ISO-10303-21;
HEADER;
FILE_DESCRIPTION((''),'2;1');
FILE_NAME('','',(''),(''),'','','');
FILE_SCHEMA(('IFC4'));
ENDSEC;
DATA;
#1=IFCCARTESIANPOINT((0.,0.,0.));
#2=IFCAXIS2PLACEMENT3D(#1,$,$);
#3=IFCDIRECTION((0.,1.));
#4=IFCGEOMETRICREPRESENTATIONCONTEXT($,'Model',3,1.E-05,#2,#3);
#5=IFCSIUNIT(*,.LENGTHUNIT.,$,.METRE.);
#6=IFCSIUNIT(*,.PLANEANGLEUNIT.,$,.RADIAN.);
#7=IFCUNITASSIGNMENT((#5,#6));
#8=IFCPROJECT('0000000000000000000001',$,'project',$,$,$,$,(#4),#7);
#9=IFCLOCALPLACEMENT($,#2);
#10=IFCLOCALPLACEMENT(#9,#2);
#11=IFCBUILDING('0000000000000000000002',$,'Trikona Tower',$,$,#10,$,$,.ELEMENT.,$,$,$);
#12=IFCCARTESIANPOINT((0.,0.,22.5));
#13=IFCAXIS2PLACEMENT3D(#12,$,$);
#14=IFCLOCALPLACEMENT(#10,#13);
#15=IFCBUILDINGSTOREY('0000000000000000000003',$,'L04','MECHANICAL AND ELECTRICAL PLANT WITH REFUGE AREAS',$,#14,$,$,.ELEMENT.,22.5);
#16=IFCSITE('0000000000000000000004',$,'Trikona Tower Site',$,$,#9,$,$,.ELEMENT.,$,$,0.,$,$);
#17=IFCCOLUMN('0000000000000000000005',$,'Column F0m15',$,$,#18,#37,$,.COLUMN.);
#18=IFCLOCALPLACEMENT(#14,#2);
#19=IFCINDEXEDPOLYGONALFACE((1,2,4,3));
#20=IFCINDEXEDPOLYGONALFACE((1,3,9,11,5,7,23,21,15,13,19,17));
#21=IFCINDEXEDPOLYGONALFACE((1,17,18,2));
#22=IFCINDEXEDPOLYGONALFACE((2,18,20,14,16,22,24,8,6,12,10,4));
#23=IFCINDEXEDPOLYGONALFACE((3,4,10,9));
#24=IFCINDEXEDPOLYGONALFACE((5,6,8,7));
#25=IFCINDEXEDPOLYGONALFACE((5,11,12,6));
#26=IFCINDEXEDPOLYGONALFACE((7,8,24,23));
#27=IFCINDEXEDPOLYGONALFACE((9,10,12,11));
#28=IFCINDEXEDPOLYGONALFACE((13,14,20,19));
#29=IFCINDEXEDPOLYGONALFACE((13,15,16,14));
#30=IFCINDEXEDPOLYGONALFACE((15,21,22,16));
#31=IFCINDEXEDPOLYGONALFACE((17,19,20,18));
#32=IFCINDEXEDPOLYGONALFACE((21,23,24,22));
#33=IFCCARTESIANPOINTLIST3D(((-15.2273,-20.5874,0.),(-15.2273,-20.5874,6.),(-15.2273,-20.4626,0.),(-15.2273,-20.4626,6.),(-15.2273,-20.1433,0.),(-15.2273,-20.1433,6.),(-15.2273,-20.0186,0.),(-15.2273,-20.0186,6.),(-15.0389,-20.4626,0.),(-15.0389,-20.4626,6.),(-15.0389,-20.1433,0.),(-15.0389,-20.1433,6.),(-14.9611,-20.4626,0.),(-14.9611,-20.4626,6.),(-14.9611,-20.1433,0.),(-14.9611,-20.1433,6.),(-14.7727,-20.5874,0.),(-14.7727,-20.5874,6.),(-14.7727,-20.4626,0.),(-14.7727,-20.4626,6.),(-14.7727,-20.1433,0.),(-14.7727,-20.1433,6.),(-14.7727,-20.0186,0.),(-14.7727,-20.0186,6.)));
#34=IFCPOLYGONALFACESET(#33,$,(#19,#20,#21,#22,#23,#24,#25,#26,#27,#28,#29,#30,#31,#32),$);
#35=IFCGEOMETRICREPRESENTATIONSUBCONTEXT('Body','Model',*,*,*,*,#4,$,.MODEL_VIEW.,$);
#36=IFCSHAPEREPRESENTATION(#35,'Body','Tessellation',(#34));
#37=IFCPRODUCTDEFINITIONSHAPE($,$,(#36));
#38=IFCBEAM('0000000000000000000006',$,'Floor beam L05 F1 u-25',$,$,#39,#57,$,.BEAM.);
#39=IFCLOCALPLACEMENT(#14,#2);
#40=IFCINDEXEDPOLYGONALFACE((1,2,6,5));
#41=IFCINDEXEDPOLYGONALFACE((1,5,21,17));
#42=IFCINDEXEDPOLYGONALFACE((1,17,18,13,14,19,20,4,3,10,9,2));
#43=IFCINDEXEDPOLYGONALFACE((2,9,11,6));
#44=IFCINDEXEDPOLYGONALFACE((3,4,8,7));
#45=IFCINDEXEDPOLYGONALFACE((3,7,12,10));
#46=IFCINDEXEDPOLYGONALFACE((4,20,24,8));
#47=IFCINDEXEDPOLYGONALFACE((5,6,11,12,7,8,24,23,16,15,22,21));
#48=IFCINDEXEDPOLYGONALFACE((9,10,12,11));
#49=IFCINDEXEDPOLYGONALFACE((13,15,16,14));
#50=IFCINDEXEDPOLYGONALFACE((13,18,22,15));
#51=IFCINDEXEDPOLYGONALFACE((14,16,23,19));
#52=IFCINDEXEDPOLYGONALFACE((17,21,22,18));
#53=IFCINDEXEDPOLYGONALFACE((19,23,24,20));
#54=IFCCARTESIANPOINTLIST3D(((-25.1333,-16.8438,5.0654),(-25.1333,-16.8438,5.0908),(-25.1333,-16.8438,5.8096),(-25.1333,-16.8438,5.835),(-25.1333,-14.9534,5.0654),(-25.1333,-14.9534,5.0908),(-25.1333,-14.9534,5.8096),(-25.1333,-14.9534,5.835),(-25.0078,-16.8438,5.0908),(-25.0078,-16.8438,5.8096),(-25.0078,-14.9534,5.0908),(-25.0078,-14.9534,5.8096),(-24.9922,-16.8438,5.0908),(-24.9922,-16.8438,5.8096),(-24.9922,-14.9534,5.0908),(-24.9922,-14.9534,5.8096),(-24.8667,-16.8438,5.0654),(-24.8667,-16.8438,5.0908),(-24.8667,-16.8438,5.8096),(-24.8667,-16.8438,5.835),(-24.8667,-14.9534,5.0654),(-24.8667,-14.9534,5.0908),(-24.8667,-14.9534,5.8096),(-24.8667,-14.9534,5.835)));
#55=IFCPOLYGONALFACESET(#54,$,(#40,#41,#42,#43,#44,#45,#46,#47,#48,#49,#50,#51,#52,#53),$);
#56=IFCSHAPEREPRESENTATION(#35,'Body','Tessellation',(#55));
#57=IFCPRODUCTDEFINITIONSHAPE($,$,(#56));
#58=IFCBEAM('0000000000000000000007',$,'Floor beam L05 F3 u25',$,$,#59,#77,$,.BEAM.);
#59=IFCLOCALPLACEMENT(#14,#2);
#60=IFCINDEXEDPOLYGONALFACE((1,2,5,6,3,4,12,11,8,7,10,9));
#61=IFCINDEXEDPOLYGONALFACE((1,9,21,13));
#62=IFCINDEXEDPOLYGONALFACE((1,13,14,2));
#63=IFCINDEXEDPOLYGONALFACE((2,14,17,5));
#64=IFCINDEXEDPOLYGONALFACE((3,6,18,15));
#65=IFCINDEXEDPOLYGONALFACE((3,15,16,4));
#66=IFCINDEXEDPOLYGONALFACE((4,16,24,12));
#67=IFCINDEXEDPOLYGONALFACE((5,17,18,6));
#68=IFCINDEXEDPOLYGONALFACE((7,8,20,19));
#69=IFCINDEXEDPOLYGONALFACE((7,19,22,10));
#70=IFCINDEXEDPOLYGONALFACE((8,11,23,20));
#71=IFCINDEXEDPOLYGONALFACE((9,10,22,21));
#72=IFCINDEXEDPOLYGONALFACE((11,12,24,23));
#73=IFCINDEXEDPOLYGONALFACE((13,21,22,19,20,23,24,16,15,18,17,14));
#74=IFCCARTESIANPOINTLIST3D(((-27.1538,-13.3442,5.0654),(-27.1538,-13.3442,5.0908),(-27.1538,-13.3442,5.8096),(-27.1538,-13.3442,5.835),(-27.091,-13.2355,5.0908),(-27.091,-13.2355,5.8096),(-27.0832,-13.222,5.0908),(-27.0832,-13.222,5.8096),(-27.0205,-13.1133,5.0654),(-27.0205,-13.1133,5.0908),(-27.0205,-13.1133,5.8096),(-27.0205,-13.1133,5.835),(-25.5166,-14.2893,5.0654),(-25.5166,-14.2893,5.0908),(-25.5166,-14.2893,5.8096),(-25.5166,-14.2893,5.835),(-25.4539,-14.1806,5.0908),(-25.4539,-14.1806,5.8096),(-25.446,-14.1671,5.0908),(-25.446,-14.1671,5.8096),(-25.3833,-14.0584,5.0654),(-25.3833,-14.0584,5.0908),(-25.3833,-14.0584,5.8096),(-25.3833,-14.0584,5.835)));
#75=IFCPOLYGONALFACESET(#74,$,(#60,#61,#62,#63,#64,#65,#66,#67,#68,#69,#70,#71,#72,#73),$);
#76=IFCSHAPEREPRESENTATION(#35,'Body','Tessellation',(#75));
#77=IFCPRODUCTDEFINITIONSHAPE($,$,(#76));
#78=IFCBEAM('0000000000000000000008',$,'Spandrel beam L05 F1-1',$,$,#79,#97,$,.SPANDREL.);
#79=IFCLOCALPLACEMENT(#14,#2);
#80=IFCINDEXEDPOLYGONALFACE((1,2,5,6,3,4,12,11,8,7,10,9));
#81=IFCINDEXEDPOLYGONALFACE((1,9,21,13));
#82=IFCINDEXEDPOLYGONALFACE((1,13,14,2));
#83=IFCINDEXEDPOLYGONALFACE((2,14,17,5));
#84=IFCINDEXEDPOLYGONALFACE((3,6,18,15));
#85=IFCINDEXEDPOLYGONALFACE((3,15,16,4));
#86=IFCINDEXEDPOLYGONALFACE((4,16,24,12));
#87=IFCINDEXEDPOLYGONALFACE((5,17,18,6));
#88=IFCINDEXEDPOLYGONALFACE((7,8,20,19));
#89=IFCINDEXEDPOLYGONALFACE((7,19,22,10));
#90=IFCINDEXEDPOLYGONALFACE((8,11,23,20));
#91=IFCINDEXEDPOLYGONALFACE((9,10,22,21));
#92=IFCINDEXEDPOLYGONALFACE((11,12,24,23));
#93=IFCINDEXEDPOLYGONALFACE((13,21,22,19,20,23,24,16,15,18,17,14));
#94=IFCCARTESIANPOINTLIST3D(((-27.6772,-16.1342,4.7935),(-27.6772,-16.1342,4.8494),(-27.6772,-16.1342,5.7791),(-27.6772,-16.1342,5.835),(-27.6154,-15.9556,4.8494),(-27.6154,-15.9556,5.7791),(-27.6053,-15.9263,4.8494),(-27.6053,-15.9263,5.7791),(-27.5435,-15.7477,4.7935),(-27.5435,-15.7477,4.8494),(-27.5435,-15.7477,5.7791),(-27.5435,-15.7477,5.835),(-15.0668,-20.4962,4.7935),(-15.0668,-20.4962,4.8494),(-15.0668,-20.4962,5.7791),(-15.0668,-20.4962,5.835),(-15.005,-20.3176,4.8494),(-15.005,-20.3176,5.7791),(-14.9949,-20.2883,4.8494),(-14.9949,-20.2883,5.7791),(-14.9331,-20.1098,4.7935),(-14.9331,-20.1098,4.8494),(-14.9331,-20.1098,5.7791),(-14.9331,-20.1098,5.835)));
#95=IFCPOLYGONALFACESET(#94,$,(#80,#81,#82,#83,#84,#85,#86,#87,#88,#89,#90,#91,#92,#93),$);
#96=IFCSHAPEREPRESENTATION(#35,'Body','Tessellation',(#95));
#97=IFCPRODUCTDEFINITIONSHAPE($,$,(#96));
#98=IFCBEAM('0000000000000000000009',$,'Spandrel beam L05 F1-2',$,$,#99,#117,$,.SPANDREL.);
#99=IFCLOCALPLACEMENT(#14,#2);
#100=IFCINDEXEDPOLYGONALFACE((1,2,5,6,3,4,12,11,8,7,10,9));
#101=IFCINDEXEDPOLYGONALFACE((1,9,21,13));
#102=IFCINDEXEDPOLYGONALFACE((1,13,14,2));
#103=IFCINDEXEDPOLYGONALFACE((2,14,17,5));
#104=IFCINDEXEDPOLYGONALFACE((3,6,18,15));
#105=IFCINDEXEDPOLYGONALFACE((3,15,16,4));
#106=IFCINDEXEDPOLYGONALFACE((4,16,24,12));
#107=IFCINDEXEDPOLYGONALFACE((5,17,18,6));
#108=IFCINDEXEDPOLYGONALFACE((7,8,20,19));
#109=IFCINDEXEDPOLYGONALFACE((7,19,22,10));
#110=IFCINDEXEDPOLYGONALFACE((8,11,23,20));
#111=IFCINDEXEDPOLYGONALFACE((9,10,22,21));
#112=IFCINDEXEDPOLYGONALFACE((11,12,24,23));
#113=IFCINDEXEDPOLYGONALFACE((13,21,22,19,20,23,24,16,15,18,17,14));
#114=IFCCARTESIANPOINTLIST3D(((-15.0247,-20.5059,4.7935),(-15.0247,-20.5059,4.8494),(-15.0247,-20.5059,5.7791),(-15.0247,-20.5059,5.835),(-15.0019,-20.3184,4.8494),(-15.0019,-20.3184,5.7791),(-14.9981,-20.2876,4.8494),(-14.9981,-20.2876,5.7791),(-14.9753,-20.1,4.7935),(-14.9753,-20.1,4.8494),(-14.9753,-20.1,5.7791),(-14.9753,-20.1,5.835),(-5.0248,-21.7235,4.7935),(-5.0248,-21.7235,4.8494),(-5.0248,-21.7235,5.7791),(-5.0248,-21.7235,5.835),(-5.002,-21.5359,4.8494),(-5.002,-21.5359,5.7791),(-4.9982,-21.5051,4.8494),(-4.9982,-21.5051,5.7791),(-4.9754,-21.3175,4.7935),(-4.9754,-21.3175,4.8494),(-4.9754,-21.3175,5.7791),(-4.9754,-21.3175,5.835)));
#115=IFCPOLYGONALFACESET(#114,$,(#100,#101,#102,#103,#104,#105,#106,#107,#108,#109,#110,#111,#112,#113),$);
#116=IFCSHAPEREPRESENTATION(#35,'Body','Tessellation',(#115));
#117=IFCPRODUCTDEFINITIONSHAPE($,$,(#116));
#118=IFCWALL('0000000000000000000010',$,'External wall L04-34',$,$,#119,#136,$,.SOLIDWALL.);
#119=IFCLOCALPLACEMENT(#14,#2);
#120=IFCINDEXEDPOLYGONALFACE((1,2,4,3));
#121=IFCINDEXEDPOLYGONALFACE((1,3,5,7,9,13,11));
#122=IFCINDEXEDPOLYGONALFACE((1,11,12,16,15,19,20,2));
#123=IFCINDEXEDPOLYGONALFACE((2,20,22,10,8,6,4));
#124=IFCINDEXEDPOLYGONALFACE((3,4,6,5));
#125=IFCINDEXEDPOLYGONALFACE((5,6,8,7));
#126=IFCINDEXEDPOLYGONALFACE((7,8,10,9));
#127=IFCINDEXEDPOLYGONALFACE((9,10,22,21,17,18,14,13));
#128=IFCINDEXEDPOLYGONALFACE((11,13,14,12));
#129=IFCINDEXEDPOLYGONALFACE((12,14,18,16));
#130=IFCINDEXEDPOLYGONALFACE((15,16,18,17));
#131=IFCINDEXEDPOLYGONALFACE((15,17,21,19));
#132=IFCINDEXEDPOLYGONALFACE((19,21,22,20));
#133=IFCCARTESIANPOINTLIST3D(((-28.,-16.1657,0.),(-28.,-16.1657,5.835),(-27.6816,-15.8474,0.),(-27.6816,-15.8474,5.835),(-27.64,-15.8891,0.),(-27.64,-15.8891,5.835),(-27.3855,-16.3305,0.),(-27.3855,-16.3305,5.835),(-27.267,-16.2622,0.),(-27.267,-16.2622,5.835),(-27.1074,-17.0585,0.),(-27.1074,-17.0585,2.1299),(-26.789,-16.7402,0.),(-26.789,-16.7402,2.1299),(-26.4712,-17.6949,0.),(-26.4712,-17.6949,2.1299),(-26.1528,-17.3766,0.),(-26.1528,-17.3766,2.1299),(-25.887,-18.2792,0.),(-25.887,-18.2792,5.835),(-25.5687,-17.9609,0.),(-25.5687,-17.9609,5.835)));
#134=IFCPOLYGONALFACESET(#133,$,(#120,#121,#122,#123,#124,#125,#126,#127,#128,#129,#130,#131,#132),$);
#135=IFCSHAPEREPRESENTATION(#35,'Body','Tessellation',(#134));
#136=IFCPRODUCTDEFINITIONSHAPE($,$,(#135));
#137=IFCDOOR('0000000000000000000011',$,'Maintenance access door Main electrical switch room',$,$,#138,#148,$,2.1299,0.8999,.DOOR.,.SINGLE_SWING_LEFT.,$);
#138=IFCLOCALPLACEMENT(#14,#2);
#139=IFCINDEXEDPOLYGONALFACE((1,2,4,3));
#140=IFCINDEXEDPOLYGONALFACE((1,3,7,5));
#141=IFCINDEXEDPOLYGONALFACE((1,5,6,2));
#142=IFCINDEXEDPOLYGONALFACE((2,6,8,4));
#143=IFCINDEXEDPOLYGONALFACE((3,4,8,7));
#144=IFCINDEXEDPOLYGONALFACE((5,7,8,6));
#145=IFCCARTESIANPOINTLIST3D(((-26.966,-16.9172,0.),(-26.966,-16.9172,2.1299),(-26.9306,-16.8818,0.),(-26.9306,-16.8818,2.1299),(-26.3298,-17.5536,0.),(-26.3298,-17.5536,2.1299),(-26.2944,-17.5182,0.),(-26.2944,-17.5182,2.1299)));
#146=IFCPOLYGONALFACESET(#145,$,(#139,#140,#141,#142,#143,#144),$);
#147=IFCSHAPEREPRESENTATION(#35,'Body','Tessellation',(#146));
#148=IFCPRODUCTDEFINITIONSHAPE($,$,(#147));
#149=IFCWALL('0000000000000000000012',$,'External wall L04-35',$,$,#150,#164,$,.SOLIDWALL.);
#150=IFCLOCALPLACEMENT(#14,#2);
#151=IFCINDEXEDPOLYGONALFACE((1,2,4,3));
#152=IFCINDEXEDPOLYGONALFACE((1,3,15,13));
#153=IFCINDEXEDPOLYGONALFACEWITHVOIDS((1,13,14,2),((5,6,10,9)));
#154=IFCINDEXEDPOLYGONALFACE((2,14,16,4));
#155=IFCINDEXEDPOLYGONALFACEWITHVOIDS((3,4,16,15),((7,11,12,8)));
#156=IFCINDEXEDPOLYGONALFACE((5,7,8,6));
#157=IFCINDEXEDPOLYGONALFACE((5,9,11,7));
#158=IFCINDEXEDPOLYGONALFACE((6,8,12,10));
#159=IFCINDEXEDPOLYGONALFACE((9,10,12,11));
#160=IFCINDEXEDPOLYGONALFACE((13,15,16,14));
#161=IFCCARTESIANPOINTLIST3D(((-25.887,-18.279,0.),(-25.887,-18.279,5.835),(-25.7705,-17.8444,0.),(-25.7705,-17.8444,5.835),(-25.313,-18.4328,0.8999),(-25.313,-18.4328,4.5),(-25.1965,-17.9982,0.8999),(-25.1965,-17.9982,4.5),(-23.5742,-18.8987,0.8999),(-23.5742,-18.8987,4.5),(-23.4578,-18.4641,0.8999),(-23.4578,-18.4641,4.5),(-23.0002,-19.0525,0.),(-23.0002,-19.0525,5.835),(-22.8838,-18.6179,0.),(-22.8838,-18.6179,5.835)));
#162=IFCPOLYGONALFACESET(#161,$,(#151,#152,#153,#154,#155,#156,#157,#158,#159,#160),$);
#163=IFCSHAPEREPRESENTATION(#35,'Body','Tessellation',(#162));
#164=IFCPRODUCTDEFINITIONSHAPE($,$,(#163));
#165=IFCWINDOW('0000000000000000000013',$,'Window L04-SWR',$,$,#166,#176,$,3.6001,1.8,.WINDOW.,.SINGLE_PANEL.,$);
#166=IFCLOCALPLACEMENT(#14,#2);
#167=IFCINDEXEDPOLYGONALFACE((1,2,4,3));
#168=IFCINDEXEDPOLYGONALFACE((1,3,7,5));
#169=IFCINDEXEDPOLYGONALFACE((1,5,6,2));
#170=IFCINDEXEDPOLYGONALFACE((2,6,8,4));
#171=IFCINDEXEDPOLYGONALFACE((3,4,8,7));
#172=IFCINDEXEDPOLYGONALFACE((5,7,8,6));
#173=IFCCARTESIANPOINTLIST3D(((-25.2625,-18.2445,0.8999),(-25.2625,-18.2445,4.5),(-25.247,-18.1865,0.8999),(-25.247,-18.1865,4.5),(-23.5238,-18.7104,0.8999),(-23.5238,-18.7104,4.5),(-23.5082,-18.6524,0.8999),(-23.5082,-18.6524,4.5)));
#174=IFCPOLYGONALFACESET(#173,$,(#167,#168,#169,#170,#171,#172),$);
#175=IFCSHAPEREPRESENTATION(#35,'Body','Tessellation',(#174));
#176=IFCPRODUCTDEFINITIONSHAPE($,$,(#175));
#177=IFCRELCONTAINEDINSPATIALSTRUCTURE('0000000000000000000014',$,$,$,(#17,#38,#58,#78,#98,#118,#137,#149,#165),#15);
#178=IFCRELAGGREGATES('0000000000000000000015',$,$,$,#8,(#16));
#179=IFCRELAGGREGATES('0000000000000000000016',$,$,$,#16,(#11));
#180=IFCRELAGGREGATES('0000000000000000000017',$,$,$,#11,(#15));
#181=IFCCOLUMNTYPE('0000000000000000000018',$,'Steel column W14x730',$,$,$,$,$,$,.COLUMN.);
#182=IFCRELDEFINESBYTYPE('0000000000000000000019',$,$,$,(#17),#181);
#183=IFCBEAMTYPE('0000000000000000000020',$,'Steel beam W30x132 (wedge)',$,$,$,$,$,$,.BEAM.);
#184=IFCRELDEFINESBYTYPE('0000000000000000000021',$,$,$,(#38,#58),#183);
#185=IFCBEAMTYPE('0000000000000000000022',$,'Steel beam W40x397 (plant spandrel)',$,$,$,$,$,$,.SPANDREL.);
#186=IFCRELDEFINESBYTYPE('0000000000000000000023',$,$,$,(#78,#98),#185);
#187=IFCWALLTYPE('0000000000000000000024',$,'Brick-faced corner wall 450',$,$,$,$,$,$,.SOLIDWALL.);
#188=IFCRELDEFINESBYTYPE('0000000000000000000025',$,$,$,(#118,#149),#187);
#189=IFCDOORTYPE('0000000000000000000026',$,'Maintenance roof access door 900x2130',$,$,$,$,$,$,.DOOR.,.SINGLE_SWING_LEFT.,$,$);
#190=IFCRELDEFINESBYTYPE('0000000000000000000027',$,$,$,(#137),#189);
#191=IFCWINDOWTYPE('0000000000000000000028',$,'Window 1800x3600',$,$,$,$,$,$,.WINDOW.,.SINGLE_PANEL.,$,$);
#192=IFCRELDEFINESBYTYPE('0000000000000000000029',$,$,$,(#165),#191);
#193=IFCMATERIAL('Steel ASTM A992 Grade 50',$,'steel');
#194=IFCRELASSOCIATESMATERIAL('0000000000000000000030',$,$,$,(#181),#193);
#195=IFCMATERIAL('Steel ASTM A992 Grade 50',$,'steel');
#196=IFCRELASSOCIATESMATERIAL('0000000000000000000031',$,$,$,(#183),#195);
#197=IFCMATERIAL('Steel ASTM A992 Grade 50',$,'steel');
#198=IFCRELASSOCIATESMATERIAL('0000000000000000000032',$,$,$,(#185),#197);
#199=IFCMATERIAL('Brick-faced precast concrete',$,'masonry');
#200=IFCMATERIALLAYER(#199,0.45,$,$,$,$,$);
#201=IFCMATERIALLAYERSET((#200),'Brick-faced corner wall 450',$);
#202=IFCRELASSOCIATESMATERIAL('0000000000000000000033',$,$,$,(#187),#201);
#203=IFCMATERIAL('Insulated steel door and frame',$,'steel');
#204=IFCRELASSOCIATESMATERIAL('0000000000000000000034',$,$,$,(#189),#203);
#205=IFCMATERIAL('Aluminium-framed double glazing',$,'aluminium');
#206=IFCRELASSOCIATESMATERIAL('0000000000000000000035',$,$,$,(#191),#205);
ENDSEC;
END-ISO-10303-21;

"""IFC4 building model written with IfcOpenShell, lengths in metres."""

from ifc_helpers import new_model, si_unit, direction, frame, frame_2d, origin, origin_2d, place, context, subcontext, project, spatial, polyline, rectangle, i_section, outline, extrude, material, layer, layer_set, material_profile, profile_set, type_object, element, fill, save


model = new_model("IFC4")

# Units and contexts
model_context = context("Model", 3, precision=1e-05, world=origin(), true_north=direction((0.0, 1.0)))
body_context = subcontext(model_context, "Body", "Model", "MODEL_VIEW")
ifc_project = project(units=[si_unit("LENGTHUNIT", "METRE"), si_unit("PLANEANGLEUNIT", "RADIAN")], contexts=[model_context])

# Site, building, storey
site_placement = place(None, origin())
site = spatial("IfcSite", under=ifc_project, at=site_placement, Name="Trikona Tower Site", CompositionType="ELEMENT", RefElevation=0.0)
building_placement = place(site_placement, origin())
building = spatial("IfcBuilding", under=site, at=building_placement, Name="Trikona Tower", CompositionType="ELEMENT")
storey_placement = place(building_placement, frame((0.0, 0.0, 22.5)))
storey = spatial("IfcBuildingStorey", under=building, at=storey_placement, Name="L04", Description="MECHANICAL AND ELECTRICAL PLANT WITH REFUGE AREAS", CompositionType="ELEMENT", Elevation=22.5)

# Column
ifc_material_1 = material(Name="Steel ASTM A992 Grade 50", Category="steel")
ifc_material_profile_1 = material_profile(ifc_material_1, i_section(OverallWidth=0.4546, OverallDepth=0.5688, WebThickness=0.0779, FlangeThickness=0.1248, at=origin_2d()), Name="W14X730")
ifc_profile_set_1 = profile_set([ifc_material_profile_1], Name="Steel ASTM A992 Grade 50")
column_type = type_object("IfcColumnType", Name="Steel column W14x730", PredefinedType="COLUMN", material=ifc_profile_set_1)
column_placement = place(storey_placement, frame((-15.0, -20.303, 0.0), z_axis=(0.0, 0.0, 1.0), x_axis=(1.0, 0.0, 0.0)))
element("IfcColumn", 1, at=column_placement, inside=storey, type_object=column_type, Name="Column F0m15", PredefinedType="COLUMN", context=body_context, shape_type="SweptSolid", body=[
    extrude(i_section(OverallWidth=0.4546, OverallDepth=0.5688, WebThickness=0.0779, FlangeThickness=0.1248, at=origin_2d()), origin(), (0.0, 0.0, 1.0), 6.0),
])

# Beams
ifc_material_2 = material(Name="Steel ASTM A992 Grade 50", Category="steel")
ifc_material_profile_2 = material_profile(ifc_material_2, i_section(OverallWidth=0.2666, OverallDepth=0.7695, WebThickness=0.0156, FlangeThickness=0.0254, at=origin_2d()), Name="W30X132")
ifc_profile_set_2 = profile_set([ifc_material_profile_2], Name="Steel ASTM A992 Grade 50")
beam_type_1 = type_object("IfcBeamType", Name="Steel beam W30x132 (wedge)", PredefinedType="BEAM", material=ifc_profile_set_2)
for number, where, z_axis, x_axis, name in (
    (2, (-25.0, -14.9534, 5.4502), (0.0, -1.0, 0.0), (1.0, 0.0, 0.0), "Floor beam L05 F1 u-25"),
    (3, (-25.45, -14.1738, 5.4502), (-0.866065, 0.499931, 0.0), (-0.499931, -0.866065, 0.0), "Floor beam L05 F3 u25"),
):
    element("IfcBeam", number, at=place(storey_placement, frame(where, z_axis=z_axis, x_axis=x_axis)), inside=storey, type_object=beam_type_1, Name=name, PredefinedType="BEAM", context=body_context, shape_type="SweptSolid", body=[
        extrude(i_section(OverallWidth=0.2666, OverallDepth=0.7695, WebThickness=0.0156, FlangeThickness=0.0254, at=origin_2d()), origin(), (0.0, 0.0, 1.0), 1.8904),
    ])
ifc_material_3 = material(Name="Steel ASTM A992 Grade 50", Category="steel")
ifc_material_profile_3 = material_profile(ifc_material_3, i_section(OverallWidth=0.4089, OverallDepth=1.0415, WebThickness=0.031, FlangeThickness=0.0559, at=origin_2d()), Name="W40X397")
ifc_profile_set_3 = profile_set([ifc_material_profile_3], Name="Steel ASTM A992 Grade 50")
beam_type_2 = type_object("IfcBeamType", Name="Steel beam W40x397 (plant spandrel)", PredefinedType="SPANDREL", material=ifc_profile_set_3)
beam_1_placement = place(storey_placement, frame((-27.6104, -15.9409, 5.3142), z_axis=(0.945057, -0.326906, 0.0), x_axis=(0.326906, 0.945057, 0.0)))
element("IfcBeam", 4, at=beam_1_placement, inside=storey, type_object=beam_type_2, Name="Spandrel beam L05 F1-1", PredefinedType="SPANDREL", context=body_context, shape_type="SweptSolid", body=[
    extrude(i_section(OverallWidth=0.4089, OverallDepth=1.0415, WebThickness=0.031, FlangeThickness=0.0559, at=origin_2d()), origin(), (0.0, 0.0, 1.0), 13.3435),
])
beam_2_placement = place(storey_placement, frame((-15.0, -20.303, 5.3142), z_axis=(0.99267, -0.12086, 0.0), x_axis=(0.12086, 0.99267, 0.0)))
element("IfcBeam", 5, at=beam_2_placement, inside=storey, type_object=beam_type_2, Name="Spandrel beam L05 F1-2", PredefinedType="SPANDREL", context=body_context, shape_type="SweptSolid", body=[
    extrude(i_section(OverallWidth=0.4089, OverallDepth=1.0415, WebThickness=0.031, FlangeThickness=0.0559, at=origin_2d()), origin(), (0.0, 0.0, 1.0), 10.0737),
])

# Wall, opening, door
ifc_material_4 = material(Name="Brick-faced precast concrete", Category="masonry")
ifc_layer_1 = layer(ifc_material_4, 0.45)
ifc_layer_set_1 = layer_set([ifc_layer_1], Name="Brick-faced corner wall 450")
wall_type_1 = type_object("IfcWallType", Name="Brick-faced corner wall 450", PredefinedType="SOLIDWALL", material=ifc_layer_set_1)
wall_1_placement = place(storey_placement, frame((-27.8408, -16.0066, 0.0), z_axis=(0.0, 0.0, 1.0), x_axis=(0.707025, -0.707188, 0.0)))
wall_1 = element("IfcWall", 6, at=wall_1_placement, inside=storey, type_object=wall_type_1, Name="External wall L04-34", PredefinedType="SOLIDWALL", context=body_context, shape_type="SweptSolid", body=[
    extrude(outline(polyline([(2.9885, 0.2251), (0.5864, 0.2251), (0.551, 0.093), (0.0588, 0.2251), (0.0, 0.2251), (0.0, -0.2251), (2.9885, -0.2251), (2.9885, 0.2251)])), origin(), (0.0, 0.0, 1.0), 5.835),
])
opening_1_placement = place(wall_1_placement, frame((1.2625, 0.0, 0.0)))
opening_1 = element("IfcOpeningElement", 7, at=opening_1_placement, cuts=wall_1, PredefinedType="OPENING", context=body_context, shape_type="SweptSolid", body=[
    extrude(rectangle(XDim=0.8999, YDim=2.1299, at=frame_2d((0.45, 1.0649))), frame((0.0, 0.2349, 0.0), z_axis=(0.0, -1.0, 0.0), x_axis=(1.0, 0.0, 0.0)), (0.0, 0.0, 1.0), 0.47),
])
ifc_material_5 = material(Name="Insulated steel door and frame", Category="steel")
door_type = type_object("IfcDoorType", Name="Maintenance roof access door 900x2130", OperationType="SINGLE_SWING_LEFT", PredefinedType="DOOR", material=ifc_material_5)
door_placement = place(opening_1_placement, origin())
door = element("IfcDoor", 8, at=door_placement, inside=storey, type_object=door_type, Name="Maintenance access door Main electrical switch room", OperationType="SINGLE_SWING_LEFT", OverallHeight=2.1299, OverallWidth=0.8999, PredefinedType="DOOR", context=body_context, shape_type="SweptSolid", body=[
    extrude(rectangle(XDim=0.8999, YDim=2.1299, at=frame_2d((0.45, 1.0649))), frame((0.0, 0.0249, 0.0), z_axis=(0.0, -1.0, 0.0), x_axis=(1.0, 0.0, 0.0)), (0.0, 0.0, 1.0), 0.05),
])
fill(opening_1, door)

# Wall, opening, window
wall_2_placement = place(storey_placement, frame((-25.8286, -18.0618, 0.0), z_axis=(0.0, 0.0, 1.0), x_axis=(0.965931, -0.258801, 0.0)))
wall_2 = element("IfcWall", 9, at=wall_2_placement, inside=storey, type_object=wall_type_1, Name="External wall L04-35", PredefinedType="SOLIDWALL", context=body_context, shape_type="SweptSolid", body=[
    extrude(rectangle(XDim=2.9885, YDim=0.45, at=frame_2d((1.4941, 0.0))), origin(), (0.0, 0.0, 1.0), 5.835),
])
opening_2_placement = place(wall_2_placement, frame((0.5942, 0.0, 0.8999)))
opening_2 = element("IfcOpeningElement", 10, at=opening_2_placement, cuts=wall_2, PredefinedType="OPENING", context=body_context, shape_type="SweptSolid", body=[
    extrude(rectangle(XDim=1.8, YDim=3.6001, at=frame_2d((0.8999, 1.8))), frame((0.0, 0.2349, 0.0), z_axis=(0.0, -1.0, 0.0), x_axis=(1.0, 0.0, 0.0)), (0.0, 0.0, 1.0), 0.47),
])
ifc_material_6 = material(Name="Aluminium-framed double glazing", Category="aluminium")
window_type = type_object("IfcWindowType", Name="Window 1800x3600", PartitioningType="SINGLE_PANEL", PredefinedType="WINDOW", material=ifc_material_6)
window_placement = place(opening_2_placement, origin())
window = element("IfcWindow", 11, at=window_placement, inside=storey, type_object=window_type, Name="Window L04-SWR", OverallHeight=3.6001, OverallWidth=1.8, PartitioningType="SINGLE_PANEL", PredefinedType="WINDOW", context=body_context, shape_type="SweptSolid", body=[
    extrude(rectangle(XDim=1.8, YDim=3.6001, at=frame_2d((0.8999, 1.8))), frame((0.0, 0.03, 0.0), z_axis=(0.0, -1.0, 0.0), x_axis=(1.0, 0.0, 0.0)), (0.0, 0.0, 1.0), 0.0601),
])
fill(opening_2, window)

save(model, "model.ifc")
